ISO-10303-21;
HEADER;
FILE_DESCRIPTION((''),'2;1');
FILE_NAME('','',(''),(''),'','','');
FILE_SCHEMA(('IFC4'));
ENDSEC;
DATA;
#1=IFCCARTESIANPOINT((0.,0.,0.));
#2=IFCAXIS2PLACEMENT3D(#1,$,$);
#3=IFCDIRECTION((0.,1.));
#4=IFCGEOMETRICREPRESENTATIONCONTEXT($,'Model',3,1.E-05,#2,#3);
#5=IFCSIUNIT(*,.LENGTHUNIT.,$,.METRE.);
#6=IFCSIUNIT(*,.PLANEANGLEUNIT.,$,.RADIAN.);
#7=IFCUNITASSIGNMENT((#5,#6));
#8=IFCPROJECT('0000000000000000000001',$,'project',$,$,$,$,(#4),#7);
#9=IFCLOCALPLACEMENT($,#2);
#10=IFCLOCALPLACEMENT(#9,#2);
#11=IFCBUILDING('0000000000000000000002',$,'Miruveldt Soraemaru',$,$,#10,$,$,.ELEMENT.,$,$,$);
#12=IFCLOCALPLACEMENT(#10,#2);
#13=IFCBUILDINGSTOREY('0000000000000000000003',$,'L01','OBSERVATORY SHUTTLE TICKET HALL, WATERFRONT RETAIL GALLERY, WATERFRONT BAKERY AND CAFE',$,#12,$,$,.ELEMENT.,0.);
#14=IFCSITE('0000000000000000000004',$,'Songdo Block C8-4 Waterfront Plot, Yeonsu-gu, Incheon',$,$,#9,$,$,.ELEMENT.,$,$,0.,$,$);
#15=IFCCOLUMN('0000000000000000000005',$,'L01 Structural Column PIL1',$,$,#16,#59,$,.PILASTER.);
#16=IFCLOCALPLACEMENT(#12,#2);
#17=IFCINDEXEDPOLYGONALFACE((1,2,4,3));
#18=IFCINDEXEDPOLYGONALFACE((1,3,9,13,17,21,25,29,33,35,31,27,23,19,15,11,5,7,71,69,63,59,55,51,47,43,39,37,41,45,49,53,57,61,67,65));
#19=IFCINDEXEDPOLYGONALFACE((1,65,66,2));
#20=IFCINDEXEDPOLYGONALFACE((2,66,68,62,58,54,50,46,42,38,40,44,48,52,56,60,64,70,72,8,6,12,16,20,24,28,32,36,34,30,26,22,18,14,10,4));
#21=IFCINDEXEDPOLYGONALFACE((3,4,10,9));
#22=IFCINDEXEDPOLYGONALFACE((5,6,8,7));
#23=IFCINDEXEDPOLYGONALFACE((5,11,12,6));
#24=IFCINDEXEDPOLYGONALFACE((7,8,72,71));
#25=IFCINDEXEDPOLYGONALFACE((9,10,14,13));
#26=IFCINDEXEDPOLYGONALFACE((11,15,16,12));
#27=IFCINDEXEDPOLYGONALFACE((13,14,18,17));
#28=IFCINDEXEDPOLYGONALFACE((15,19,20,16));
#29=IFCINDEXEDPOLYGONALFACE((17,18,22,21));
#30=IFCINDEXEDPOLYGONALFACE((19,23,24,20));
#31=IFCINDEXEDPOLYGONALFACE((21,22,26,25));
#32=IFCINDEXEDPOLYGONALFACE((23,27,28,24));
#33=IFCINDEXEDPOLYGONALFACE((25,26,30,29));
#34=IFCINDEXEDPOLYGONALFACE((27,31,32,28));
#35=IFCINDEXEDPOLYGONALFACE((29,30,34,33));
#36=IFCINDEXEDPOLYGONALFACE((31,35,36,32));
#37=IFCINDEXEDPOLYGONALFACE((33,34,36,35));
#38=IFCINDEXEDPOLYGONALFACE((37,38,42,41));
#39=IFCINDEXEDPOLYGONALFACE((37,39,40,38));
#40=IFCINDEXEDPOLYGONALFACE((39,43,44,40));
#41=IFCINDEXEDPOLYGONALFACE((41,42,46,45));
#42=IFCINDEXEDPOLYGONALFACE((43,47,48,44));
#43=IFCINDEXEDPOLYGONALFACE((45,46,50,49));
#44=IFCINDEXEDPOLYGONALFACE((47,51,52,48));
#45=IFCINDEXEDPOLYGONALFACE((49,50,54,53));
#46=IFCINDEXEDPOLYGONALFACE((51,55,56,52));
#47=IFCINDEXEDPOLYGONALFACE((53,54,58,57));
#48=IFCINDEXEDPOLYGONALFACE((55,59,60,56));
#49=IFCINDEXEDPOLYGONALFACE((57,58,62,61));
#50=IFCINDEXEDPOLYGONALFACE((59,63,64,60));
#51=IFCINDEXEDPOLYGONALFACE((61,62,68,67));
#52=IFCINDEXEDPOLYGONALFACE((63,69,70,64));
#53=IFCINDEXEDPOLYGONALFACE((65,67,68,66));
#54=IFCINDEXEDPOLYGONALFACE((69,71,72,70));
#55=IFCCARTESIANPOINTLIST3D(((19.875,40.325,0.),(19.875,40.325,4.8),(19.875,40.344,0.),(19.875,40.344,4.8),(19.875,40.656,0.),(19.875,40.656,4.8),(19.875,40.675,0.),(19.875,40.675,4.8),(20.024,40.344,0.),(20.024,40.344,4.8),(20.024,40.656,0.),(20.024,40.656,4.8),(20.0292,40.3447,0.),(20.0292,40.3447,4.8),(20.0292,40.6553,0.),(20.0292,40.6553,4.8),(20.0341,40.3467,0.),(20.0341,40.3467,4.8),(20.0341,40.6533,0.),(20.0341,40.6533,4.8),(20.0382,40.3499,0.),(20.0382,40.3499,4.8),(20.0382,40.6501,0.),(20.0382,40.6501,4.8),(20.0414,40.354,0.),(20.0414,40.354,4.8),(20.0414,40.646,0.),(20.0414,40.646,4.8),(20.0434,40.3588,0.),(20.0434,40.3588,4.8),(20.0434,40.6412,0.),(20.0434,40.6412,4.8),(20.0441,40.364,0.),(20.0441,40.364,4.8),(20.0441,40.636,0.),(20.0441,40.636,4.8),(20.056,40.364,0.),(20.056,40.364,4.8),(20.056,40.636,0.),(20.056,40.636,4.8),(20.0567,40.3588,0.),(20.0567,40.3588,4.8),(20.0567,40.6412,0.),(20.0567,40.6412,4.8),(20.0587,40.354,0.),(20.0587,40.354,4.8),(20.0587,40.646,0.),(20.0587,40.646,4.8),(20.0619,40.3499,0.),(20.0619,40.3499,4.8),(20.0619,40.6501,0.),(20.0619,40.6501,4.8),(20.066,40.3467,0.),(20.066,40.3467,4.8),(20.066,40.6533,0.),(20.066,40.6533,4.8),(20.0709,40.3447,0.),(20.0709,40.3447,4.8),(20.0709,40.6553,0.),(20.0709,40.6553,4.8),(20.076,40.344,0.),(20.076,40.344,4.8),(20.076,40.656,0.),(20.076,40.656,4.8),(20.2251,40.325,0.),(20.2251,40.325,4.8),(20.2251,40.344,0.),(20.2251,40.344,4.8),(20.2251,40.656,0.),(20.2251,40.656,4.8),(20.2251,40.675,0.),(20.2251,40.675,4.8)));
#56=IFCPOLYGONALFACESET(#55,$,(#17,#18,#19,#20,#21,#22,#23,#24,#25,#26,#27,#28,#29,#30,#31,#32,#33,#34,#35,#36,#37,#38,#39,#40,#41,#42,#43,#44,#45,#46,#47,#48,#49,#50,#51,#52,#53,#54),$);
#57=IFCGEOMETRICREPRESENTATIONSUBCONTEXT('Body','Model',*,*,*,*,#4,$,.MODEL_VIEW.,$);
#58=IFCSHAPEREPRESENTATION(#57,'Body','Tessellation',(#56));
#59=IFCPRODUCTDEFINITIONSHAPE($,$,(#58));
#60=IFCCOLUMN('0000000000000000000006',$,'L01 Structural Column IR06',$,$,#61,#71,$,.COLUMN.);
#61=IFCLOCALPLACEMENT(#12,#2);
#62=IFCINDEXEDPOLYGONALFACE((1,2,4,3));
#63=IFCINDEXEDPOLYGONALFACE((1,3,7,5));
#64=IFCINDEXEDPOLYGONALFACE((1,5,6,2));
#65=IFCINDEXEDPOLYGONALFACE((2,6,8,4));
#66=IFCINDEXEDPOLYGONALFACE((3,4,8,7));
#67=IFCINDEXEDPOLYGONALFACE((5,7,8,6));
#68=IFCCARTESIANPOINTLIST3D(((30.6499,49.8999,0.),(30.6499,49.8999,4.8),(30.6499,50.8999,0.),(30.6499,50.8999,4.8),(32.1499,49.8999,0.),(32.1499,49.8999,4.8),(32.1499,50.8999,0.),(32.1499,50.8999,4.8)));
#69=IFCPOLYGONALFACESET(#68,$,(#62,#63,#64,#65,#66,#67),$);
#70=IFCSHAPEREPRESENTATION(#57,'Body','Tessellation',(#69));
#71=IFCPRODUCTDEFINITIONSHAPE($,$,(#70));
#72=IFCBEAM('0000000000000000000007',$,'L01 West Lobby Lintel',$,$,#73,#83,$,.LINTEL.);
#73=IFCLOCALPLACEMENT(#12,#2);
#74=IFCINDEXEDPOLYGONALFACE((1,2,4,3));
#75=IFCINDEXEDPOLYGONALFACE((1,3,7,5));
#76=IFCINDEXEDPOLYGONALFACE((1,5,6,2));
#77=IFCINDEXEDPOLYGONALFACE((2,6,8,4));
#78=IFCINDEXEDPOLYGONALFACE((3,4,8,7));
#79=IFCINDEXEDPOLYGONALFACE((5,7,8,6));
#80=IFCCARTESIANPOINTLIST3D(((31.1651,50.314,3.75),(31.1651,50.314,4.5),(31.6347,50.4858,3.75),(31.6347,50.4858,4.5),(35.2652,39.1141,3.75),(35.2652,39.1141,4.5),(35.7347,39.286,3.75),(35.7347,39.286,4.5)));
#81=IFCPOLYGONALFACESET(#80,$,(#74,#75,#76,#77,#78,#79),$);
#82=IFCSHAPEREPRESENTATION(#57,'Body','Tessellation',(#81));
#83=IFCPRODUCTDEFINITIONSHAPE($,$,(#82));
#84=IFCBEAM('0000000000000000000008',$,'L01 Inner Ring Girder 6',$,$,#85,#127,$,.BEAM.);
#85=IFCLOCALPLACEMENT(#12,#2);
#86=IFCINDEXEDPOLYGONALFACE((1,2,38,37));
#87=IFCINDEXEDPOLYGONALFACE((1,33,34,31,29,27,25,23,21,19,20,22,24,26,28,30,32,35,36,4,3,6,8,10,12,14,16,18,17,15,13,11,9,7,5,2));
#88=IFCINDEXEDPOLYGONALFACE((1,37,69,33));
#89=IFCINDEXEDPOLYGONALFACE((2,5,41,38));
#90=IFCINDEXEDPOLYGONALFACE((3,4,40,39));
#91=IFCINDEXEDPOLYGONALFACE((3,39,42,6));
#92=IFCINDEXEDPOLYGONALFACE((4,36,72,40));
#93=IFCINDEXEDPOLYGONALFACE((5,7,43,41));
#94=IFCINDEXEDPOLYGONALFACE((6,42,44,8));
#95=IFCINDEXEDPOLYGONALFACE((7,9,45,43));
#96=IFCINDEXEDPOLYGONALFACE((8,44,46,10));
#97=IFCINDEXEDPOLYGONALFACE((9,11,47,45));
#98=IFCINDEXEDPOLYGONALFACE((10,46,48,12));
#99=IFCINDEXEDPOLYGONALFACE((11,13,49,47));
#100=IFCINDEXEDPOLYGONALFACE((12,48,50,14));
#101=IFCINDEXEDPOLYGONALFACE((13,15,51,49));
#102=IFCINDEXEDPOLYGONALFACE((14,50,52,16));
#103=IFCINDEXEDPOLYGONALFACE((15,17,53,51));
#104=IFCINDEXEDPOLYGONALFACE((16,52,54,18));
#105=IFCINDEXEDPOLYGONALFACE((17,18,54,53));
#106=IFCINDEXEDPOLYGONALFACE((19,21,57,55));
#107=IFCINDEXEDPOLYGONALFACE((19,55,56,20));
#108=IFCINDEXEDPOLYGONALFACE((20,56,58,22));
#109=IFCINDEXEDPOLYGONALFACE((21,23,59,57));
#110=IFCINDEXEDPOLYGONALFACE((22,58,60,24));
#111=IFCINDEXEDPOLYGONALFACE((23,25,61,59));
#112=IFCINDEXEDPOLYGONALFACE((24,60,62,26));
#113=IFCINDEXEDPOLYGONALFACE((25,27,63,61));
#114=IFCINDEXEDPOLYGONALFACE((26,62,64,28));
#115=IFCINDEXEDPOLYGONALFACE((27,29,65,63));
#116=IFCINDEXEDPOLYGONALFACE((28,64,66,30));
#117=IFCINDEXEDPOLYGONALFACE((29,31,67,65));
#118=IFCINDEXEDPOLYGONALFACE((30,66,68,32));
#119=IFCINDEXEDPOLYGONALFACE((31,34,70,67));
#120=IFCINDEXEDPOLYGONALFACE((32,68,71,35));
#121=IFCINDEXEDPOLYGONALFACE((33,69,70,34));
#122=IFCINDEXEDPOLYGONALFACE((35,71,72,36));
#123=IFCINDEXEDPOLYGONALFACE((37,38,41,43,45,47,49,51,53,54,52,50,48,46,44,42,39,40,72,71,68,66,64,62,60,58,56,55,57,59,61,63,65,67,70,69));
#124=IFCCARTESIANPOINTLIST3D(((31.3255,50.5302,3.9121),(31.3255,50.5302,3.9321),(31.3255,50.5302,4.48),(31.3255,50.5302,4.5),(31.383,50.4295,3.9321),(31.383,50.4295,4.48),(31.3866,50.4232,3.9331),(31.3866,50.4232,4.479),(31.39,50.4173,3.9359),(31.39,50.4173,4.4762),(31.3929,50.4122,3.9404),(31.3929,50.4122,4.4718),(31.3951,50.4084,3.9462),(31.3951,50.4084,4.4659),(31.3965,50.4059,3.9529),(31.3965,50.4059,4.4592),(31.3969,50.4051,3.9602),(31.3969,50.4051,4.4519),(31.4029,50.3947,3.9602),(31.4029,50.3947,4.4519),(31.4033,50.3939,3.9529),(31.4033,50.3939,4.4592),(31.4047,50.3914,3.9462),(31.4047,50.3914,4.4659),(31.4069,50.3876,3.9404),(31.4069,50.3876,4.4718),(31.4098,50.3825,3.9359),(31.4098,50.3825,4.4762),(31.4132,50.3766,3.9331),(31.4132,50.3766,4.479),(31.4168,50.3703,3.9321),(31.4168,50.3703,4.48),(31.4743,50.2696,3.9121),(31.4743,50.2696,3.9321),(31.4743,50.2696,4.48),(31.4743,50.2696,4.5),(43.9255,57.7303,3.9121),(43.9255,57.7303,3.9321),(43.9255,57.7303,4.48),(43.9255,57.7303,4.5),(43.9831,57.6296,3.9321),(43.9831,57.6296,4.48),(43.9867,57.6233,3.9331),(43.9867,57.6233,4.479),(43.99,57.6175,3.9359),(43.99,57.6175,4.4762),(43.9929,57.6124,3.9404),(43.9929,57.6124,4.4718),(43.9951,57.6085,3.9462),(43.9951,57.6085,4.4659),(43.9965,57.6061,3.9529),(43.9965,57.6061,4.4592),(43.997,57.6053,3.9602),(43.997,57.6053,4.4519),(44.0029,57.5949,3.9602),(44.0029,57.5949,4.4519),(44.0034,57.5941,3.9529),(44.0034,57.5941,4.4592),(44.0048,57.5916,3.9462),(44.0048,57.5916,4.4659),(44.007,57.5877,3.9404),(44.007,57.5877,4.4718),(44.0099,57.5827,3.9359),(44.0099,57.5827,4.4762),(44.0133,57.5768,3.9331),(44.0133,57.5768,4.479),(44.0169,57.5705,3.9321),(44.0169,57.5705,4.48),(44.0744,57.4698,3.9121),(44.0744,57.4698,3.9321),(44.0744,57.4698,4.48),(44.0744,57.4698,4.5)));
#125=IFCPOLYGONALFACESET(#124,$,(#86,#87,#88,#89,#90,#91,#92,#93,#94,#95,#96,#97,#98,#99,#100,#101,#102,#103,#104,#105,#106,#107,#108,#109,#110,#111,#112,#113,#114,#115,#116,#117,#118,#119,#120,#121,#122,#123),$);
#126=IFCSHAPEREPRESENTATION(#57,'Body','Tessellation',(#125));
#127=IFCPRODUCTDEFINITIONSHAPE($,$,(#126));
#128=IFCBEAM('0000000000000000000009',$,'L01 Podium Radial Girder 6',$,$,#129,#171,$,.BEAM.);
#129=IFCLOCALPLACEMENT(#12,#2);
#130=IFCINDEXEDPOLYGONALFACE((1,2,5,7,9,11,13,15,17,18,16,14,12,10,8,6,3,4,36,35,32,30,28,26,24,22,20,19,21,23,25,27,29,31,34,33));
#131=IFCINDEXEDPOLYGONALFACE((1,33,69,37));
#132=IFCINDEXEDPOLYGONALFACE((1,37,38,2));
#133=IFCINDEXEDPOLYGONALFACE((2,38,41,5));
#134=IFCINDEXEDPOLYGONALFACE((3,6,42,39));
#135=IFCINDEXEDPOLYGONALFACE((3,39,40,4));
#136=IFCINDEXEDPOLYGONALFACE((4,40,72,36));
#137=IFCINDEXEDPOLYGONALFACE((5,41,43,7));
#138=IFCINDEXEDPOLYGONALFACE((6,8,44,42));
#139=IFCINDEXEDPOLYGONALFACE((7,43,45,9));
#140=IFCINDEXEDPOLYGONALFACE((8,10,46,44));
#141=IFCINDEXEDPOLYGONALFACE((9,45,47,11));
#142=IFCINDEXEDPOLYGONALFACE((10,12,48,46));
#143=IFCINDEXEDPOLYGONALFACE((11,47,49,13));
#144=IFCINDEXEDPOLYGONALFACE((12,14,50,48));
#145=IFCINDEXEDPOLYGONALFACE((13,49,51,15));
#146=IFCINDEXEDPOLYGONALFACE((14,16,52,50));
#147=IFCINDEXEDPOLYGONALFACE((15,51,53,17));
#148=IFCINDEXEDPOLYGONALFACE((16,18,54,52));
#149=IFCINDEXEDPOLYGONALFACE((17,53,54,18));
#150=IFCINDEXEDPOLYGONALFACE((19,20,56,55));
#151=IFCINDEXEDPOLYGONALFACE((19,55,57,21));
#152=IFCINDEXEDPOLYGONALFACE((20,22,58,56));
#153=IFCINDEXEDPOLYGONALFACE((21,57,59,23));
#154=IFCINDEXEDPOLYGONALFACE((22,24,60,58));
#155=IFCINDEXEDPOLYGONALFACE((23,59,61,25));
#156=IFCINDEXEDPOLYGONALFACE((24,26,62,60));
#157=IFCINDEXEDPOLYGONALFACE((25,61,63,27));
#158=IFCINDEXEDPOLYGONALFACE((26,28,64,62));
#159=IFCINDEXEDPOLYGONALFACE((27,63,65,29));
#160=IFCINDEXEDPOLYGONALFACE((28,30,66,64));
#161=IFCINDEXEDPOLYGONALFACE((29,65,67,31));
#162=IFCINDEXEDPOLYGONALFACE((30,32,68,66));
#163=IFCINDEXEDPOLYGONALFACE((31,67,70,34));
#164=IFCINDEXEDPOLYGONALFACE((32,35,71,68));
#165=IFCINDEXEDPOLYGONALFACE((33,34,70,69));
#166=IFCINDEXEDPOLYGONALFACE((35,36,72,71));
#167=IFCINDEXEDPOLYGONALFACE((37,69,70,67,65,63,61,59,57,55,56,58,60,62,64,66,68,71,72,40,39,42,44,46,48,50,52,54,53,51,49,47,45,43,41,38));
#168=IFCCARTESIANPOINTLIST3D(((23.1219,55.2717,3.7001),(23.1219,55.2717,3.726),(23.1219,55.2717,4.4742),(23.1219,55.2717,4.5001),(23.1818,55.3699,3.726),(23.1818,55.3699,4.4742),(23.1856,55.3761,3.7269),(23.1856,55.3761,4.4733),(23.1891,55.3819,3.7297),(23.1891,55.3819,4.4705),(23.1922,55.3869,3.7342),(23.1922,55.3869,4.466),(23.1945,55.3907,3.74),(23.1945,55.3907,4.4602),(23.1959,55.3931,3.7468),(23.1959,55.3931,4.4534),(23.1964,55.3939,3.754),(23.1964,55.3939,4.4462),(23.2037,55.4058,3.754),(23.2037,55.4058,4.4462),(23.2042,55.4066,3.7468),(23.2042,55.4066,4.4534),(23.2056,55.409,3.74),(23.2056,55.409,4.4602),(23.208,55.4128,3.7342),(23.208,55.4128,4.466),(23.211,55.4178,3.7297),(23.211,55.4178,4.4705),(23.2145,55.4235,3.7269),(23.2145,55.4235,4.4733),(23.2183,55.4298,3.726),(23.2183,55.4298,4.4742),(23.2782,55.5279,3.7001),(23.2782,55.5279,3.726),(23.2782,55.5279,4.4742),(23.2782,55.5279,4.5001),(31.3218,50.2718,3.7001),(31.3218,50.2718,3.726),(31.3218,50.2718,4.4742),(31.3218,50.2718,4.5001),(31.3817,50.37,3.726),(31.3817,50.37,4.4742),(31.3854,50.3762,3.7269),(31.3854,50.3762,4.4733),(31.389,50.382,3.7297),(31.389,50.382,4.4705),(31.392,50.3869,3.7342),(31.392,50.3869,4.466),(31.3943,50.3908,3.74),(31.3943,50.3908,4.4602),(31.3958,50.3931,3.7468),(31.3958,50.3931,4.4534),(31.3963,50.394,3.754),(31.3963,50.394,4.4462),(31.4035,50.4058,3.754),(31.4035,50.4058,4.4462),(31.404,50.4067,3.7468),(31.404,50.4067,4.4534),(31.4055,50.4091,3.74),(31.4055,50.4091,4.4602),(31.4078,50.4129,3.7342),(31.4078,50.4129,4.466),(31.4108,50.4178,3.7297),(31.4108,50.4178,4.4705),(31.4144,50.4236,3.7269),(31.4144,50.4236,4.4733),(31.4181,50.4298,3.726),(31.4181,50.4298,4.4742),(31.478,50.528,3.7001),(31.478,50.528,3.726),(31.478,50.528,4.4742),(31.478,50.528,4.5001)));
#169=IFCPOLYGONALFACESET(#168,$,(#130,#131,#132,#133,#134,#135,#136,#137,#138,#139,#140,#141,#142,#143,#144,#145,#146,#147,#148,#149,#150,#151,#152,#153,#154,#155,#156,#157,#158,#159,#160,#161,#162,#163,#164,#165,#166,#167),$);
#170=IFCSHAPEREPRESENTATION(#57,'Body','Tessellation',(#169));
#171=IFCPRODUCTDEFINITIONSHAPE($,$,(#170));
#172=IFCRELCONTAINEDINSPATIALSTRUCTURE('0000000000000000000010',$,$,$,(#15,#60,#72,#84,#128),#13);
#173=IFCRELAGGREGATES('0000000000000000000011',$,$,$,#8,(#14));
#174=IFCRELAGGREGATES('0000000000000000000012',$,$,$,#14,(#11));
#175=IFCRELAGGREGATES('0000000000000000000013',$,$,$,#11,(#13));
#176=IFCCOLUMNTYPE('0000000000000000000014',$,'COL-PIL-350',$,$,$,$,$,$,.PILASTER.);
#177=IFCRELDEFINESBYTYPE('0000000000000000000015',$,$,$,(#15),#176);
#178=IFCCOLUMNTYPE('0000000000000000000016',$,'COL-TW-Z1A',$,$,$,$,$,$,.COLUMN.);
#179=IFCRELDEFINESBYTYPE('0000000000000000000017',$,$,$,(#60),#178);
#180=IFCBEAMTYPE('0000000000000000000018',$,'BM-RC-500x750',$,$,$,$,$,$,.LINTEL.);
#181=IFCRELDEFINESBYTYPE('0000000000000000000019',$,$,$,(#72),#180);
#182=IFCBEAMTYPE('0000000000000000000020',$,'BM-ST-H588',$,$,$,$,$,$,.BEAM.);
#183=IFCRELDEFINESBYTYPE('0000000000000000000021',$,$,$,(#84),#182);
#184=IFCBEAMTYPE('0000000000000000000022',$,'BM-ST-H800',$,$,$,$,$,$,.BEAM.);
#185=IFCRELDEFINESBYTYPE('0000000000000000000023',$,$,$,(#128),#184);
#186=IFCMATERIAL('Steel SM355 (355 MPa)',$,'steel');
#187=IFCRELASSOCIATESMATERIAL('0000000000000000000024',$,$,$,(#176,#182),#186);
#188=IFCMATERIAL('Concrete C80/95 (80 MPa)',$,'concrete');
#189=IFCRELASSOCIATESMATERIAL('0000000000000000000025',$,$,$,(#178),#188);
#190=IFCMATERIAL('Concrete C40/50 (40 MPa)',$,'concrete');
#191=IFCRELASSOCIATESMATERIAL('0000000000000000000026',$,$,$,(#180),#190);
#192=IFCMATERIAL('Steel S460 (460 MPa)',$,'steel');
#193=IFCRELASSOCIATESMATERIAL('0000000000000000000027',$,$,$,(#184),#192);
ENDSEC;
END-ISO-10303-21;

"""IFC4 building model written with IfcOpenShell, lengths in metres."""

from ifc_helpers import new_model, si_unit, direction, frame, origin, origin_2d, place, context, subcontext, project, spatial, rectangle, i_section, extrude, material, material_profile, profile_set, type_object, element, save


model = new_model("IFC4")

# Units and contexts
model_context = context("Model", 3, precision=1e-05, world=origin(), true_north=direction((0.0, 1.0)))
body_context = subcontext(model_context, "Body", "Model", "MODEL_VIEW")
ifc_project = project(units=[si_unit("LENGTHUNIT", "METRE"), si_unit("PLANEANGLEUNIT", "RADIAN")], contexts=[model_context])

# Site, building, storey
site_placement = place(None, origin())
site = spatial("IfcSite", under=ifc_project, at=site_placement, Name="Songdo Block C8-4 Waterfront Plot, Yeonsu-gu, Incheon", CompositionType="ELEMENT", RefElevation=0.0)
building_placement = place(site_placement, origin())
building = spatial("IfcBuilding", under=site, at=building_placement, Name="Miruveldt Soraemaru", CompositionType="ELEMENT")
storey_placement = place(building_placement, origin())
storey = spatial("IfcBuildingStorey", under=building, at=storey_placement, Name="L01", Description="OBSERVATORY SHUTTLE TICKET HALL, WATERFRONT RETAIL GALLERY, WATERFRONT BAKERY AND CAFE", CompositionType="ELEMENT", Elevation=0.0)

# Columns
ifc_material_1 = material(Name="Steel SM355 (355 MPa)", Category="steel")
ifc_material_profile_1 = material_profile(ifc_material_1, i_section(OverallWidth=0.3501, OverallDepth=0.3501, WebThickness=0.012, FlangeThickness=0.019, FilletRadius=0.02, at=origin_2d()), Name="Steel SM355 (355 MPa)", Category="steel")
ifc_profile_set_1 = profile_set([ifc_material_profile_1], Name="Steel SM355 (355 MPa)")
column_type_1 = type_object("IfcColumnType", Name="COL-PIL-350", PredefinedType="PILASTER", material=ifc_profile_set_1)
column_1_placement = place(storey_placement, frame((20.05, 40.5, 0.0), z_axis=(0.0, 0.0, 1.0), x_axis=(1.0, 0.0, 0.0)))
element("IfcColumn", 1, at=column_1_placement, inside=storey, type_object=column_type_1, Name="L01 Structural Column PIL1", PredefinedType="PILASTER", context=body_context, shape_type="SweptSolid", body=[
    extrude(i_section(OverallWidth=0.3501, OverallDepth=0.3501, WebThickness=0.012, FlangeThickness=0.019, FilletRadius=0.02, at=origin_2d()), origin(), (0.0, 0.0, 1.0), 4.8),
])
ifc_material_2 = material(Name="Concrete C80/95 (80 MPa)", Category="concrete")
ifc_material_profile_2 = material_profile(ifc_material_2, rectangle(XDim=1.5, YDim=1.0, at=origin_2d()), Name="Concrete C80/95 (80 MPa)", Category="concrete")
ifc_profile_set_2 = profile_set([ifc_material_profile_2], Name="Concrete C80/95 (80 MPa)")
column_type_2 = type_object("IfcColumnType", Name="COL-TW-Z1A", PredefinedType="COLUMN", material=ifc_profile_set_2)
column_2_placement = place(storey_placement, frame((31.3999, 50.3999, 0.0), z_axis=(0.0, 0.0, 1.0), x_axis=(1.0, 0.0, 0.0)))
element("IfcColumn", 2, at=column_2_placement, inside=storey, type_object=column_type_2, Name="L01 Structural Column IR06", PredefinedType="COLUMN", context=body_context, shape_type="SweptSolid", body=[
    extrude(rectangle(XDim=1.5, YDim=1.0, at=origin_2d()), origin(), (0.0, 0.0, 1.0), 4.8),
])

# Beams
ifc_material_3 = material(Name="Concrete C40/50 (40 MPa)", Category="concrete")
ifc_material_profile_3 = material_profile(ifc_material_3, rectangle(XDim=0.5, YDim=0.75, at=origin_2d()), Name="Concrete C40/50 (40 MPa)", Category="concrete")
ifc_profile_set_3 = profile_set([ifc_material_profile_3], Name="Concrete C40/50 (40 MPa)")
beam_type_1 = type_object("IfcBeamType", Name="BM-RC-500x750", PredefinedType="LINTEL", material=ifc_profile_set_3)
beam_1_placement = place(storey_placement, frame((31.3999, 50.3999, 4.125), z_axis=(0.34377, -0.939054, 0.0), x_axis=(0.939054, 0.34377, 0.0)))
element("IfcBeam", 3, at=beam_1_placement, inside=storey, type_object=beam_type_1, Name="L01 West Lobby Lintel", PredefinedType="LINTEL", context=body_context, shape_type="SweptSolid", body=[
    extrude(rectangle(XDim=0.5, YDim=0.75, at=origin_2d()), origin(), (0.0, 0.0, 1.0), 11.9268),
])
ifc_material_profile_4 = material_profile(ifc_material_1, i_section(OverallWidth=0.3, OverallDepth=0.5879, WebThickness=0.012, FlangeThickness=0.02, FilletRadius=0.0281, at=origin_2d()), Name="Steel SM355 (355 MPa)", Category="steel")
ifc_profile_set_4 = profile_set([ifc_material_profile_4], Name="Steel SM355 (355 MPa)")
beam_type_2 = type_object("IfcBeamType", Name="BM-ST-H588", PredefinedType="BEAM", material=ifc_profile_set_4)
beam_2_placement = place(storey_placement, frame((31.3999, 50.3999, 4.2061), z_axis=(0.868239, 0.496146, 0.0), x_axis=(-0.496146, 0.868239, 0.0)))
element("IfcBeam", 4, at=beam_2_placement, inside=storey, type_object=beam_type_2, Name="L01 Inner Ring Girder 6", PredefinedType="BEAM", context=body_context, shape_type="SweptSolid", body=[
    extrude(i_section(OverallWidth=0.3, OverallDepth=0.5879, WebThickness=0.012, FlangeThickness=0.02, FilletRadius=0.0281, at=origin_2d()), origin(), (0.0, 0.0, 1.0), 14.5122),
])
ifc_material_4 = material(Name="Steel S460 (460 MPa)", Category="steel")
ifc_material_profile_5 = material_profile(ifc_material_4, i_section(OverallWidth=0.3, OverallDepth=0.8, WebThickness=0.0139, FlangeThickness=0.0259, FilletRadius=0.0281, at=origin_2d()), Name="Steel S460 (460 MPa)", Category="steel")
ifc_profile_set_5 = profile_set([ifc_material_profile_5], Name="Steel S460 (460 MPa)")
beam_type_3 = type_object("IfcBeamType", Name="BM-ST-H800", PredefinedType="BEAM", material=ifc_profile_set_5)
beam_3_placement = place(storey_placement, frame((31.3999, 50.3999, 4.1001), z_axis=(-0.853795, 0.52061, 0.0), x_axis=(-0.52061, -0.853795, 0.0)))
element("IfcBeam", 5, at=beam_3_placement, inside=storey, type_object=beam_type_3, Name="L01 Podium Radial Girder 6", PredefinedType="BEAM", context=body_context, shape_type="SweptSolid", body=[
    extrude(i_section(OverallWidth=0.3, OverallDepth=0.8, WebThickness=0.0139, FlangeThickness=0.0259, FilletRadius=0.0281, at=origin_2d()), origin(), (0.0, 0.0, 1.0), 9.604),
])

save(model, "model.ifc")
